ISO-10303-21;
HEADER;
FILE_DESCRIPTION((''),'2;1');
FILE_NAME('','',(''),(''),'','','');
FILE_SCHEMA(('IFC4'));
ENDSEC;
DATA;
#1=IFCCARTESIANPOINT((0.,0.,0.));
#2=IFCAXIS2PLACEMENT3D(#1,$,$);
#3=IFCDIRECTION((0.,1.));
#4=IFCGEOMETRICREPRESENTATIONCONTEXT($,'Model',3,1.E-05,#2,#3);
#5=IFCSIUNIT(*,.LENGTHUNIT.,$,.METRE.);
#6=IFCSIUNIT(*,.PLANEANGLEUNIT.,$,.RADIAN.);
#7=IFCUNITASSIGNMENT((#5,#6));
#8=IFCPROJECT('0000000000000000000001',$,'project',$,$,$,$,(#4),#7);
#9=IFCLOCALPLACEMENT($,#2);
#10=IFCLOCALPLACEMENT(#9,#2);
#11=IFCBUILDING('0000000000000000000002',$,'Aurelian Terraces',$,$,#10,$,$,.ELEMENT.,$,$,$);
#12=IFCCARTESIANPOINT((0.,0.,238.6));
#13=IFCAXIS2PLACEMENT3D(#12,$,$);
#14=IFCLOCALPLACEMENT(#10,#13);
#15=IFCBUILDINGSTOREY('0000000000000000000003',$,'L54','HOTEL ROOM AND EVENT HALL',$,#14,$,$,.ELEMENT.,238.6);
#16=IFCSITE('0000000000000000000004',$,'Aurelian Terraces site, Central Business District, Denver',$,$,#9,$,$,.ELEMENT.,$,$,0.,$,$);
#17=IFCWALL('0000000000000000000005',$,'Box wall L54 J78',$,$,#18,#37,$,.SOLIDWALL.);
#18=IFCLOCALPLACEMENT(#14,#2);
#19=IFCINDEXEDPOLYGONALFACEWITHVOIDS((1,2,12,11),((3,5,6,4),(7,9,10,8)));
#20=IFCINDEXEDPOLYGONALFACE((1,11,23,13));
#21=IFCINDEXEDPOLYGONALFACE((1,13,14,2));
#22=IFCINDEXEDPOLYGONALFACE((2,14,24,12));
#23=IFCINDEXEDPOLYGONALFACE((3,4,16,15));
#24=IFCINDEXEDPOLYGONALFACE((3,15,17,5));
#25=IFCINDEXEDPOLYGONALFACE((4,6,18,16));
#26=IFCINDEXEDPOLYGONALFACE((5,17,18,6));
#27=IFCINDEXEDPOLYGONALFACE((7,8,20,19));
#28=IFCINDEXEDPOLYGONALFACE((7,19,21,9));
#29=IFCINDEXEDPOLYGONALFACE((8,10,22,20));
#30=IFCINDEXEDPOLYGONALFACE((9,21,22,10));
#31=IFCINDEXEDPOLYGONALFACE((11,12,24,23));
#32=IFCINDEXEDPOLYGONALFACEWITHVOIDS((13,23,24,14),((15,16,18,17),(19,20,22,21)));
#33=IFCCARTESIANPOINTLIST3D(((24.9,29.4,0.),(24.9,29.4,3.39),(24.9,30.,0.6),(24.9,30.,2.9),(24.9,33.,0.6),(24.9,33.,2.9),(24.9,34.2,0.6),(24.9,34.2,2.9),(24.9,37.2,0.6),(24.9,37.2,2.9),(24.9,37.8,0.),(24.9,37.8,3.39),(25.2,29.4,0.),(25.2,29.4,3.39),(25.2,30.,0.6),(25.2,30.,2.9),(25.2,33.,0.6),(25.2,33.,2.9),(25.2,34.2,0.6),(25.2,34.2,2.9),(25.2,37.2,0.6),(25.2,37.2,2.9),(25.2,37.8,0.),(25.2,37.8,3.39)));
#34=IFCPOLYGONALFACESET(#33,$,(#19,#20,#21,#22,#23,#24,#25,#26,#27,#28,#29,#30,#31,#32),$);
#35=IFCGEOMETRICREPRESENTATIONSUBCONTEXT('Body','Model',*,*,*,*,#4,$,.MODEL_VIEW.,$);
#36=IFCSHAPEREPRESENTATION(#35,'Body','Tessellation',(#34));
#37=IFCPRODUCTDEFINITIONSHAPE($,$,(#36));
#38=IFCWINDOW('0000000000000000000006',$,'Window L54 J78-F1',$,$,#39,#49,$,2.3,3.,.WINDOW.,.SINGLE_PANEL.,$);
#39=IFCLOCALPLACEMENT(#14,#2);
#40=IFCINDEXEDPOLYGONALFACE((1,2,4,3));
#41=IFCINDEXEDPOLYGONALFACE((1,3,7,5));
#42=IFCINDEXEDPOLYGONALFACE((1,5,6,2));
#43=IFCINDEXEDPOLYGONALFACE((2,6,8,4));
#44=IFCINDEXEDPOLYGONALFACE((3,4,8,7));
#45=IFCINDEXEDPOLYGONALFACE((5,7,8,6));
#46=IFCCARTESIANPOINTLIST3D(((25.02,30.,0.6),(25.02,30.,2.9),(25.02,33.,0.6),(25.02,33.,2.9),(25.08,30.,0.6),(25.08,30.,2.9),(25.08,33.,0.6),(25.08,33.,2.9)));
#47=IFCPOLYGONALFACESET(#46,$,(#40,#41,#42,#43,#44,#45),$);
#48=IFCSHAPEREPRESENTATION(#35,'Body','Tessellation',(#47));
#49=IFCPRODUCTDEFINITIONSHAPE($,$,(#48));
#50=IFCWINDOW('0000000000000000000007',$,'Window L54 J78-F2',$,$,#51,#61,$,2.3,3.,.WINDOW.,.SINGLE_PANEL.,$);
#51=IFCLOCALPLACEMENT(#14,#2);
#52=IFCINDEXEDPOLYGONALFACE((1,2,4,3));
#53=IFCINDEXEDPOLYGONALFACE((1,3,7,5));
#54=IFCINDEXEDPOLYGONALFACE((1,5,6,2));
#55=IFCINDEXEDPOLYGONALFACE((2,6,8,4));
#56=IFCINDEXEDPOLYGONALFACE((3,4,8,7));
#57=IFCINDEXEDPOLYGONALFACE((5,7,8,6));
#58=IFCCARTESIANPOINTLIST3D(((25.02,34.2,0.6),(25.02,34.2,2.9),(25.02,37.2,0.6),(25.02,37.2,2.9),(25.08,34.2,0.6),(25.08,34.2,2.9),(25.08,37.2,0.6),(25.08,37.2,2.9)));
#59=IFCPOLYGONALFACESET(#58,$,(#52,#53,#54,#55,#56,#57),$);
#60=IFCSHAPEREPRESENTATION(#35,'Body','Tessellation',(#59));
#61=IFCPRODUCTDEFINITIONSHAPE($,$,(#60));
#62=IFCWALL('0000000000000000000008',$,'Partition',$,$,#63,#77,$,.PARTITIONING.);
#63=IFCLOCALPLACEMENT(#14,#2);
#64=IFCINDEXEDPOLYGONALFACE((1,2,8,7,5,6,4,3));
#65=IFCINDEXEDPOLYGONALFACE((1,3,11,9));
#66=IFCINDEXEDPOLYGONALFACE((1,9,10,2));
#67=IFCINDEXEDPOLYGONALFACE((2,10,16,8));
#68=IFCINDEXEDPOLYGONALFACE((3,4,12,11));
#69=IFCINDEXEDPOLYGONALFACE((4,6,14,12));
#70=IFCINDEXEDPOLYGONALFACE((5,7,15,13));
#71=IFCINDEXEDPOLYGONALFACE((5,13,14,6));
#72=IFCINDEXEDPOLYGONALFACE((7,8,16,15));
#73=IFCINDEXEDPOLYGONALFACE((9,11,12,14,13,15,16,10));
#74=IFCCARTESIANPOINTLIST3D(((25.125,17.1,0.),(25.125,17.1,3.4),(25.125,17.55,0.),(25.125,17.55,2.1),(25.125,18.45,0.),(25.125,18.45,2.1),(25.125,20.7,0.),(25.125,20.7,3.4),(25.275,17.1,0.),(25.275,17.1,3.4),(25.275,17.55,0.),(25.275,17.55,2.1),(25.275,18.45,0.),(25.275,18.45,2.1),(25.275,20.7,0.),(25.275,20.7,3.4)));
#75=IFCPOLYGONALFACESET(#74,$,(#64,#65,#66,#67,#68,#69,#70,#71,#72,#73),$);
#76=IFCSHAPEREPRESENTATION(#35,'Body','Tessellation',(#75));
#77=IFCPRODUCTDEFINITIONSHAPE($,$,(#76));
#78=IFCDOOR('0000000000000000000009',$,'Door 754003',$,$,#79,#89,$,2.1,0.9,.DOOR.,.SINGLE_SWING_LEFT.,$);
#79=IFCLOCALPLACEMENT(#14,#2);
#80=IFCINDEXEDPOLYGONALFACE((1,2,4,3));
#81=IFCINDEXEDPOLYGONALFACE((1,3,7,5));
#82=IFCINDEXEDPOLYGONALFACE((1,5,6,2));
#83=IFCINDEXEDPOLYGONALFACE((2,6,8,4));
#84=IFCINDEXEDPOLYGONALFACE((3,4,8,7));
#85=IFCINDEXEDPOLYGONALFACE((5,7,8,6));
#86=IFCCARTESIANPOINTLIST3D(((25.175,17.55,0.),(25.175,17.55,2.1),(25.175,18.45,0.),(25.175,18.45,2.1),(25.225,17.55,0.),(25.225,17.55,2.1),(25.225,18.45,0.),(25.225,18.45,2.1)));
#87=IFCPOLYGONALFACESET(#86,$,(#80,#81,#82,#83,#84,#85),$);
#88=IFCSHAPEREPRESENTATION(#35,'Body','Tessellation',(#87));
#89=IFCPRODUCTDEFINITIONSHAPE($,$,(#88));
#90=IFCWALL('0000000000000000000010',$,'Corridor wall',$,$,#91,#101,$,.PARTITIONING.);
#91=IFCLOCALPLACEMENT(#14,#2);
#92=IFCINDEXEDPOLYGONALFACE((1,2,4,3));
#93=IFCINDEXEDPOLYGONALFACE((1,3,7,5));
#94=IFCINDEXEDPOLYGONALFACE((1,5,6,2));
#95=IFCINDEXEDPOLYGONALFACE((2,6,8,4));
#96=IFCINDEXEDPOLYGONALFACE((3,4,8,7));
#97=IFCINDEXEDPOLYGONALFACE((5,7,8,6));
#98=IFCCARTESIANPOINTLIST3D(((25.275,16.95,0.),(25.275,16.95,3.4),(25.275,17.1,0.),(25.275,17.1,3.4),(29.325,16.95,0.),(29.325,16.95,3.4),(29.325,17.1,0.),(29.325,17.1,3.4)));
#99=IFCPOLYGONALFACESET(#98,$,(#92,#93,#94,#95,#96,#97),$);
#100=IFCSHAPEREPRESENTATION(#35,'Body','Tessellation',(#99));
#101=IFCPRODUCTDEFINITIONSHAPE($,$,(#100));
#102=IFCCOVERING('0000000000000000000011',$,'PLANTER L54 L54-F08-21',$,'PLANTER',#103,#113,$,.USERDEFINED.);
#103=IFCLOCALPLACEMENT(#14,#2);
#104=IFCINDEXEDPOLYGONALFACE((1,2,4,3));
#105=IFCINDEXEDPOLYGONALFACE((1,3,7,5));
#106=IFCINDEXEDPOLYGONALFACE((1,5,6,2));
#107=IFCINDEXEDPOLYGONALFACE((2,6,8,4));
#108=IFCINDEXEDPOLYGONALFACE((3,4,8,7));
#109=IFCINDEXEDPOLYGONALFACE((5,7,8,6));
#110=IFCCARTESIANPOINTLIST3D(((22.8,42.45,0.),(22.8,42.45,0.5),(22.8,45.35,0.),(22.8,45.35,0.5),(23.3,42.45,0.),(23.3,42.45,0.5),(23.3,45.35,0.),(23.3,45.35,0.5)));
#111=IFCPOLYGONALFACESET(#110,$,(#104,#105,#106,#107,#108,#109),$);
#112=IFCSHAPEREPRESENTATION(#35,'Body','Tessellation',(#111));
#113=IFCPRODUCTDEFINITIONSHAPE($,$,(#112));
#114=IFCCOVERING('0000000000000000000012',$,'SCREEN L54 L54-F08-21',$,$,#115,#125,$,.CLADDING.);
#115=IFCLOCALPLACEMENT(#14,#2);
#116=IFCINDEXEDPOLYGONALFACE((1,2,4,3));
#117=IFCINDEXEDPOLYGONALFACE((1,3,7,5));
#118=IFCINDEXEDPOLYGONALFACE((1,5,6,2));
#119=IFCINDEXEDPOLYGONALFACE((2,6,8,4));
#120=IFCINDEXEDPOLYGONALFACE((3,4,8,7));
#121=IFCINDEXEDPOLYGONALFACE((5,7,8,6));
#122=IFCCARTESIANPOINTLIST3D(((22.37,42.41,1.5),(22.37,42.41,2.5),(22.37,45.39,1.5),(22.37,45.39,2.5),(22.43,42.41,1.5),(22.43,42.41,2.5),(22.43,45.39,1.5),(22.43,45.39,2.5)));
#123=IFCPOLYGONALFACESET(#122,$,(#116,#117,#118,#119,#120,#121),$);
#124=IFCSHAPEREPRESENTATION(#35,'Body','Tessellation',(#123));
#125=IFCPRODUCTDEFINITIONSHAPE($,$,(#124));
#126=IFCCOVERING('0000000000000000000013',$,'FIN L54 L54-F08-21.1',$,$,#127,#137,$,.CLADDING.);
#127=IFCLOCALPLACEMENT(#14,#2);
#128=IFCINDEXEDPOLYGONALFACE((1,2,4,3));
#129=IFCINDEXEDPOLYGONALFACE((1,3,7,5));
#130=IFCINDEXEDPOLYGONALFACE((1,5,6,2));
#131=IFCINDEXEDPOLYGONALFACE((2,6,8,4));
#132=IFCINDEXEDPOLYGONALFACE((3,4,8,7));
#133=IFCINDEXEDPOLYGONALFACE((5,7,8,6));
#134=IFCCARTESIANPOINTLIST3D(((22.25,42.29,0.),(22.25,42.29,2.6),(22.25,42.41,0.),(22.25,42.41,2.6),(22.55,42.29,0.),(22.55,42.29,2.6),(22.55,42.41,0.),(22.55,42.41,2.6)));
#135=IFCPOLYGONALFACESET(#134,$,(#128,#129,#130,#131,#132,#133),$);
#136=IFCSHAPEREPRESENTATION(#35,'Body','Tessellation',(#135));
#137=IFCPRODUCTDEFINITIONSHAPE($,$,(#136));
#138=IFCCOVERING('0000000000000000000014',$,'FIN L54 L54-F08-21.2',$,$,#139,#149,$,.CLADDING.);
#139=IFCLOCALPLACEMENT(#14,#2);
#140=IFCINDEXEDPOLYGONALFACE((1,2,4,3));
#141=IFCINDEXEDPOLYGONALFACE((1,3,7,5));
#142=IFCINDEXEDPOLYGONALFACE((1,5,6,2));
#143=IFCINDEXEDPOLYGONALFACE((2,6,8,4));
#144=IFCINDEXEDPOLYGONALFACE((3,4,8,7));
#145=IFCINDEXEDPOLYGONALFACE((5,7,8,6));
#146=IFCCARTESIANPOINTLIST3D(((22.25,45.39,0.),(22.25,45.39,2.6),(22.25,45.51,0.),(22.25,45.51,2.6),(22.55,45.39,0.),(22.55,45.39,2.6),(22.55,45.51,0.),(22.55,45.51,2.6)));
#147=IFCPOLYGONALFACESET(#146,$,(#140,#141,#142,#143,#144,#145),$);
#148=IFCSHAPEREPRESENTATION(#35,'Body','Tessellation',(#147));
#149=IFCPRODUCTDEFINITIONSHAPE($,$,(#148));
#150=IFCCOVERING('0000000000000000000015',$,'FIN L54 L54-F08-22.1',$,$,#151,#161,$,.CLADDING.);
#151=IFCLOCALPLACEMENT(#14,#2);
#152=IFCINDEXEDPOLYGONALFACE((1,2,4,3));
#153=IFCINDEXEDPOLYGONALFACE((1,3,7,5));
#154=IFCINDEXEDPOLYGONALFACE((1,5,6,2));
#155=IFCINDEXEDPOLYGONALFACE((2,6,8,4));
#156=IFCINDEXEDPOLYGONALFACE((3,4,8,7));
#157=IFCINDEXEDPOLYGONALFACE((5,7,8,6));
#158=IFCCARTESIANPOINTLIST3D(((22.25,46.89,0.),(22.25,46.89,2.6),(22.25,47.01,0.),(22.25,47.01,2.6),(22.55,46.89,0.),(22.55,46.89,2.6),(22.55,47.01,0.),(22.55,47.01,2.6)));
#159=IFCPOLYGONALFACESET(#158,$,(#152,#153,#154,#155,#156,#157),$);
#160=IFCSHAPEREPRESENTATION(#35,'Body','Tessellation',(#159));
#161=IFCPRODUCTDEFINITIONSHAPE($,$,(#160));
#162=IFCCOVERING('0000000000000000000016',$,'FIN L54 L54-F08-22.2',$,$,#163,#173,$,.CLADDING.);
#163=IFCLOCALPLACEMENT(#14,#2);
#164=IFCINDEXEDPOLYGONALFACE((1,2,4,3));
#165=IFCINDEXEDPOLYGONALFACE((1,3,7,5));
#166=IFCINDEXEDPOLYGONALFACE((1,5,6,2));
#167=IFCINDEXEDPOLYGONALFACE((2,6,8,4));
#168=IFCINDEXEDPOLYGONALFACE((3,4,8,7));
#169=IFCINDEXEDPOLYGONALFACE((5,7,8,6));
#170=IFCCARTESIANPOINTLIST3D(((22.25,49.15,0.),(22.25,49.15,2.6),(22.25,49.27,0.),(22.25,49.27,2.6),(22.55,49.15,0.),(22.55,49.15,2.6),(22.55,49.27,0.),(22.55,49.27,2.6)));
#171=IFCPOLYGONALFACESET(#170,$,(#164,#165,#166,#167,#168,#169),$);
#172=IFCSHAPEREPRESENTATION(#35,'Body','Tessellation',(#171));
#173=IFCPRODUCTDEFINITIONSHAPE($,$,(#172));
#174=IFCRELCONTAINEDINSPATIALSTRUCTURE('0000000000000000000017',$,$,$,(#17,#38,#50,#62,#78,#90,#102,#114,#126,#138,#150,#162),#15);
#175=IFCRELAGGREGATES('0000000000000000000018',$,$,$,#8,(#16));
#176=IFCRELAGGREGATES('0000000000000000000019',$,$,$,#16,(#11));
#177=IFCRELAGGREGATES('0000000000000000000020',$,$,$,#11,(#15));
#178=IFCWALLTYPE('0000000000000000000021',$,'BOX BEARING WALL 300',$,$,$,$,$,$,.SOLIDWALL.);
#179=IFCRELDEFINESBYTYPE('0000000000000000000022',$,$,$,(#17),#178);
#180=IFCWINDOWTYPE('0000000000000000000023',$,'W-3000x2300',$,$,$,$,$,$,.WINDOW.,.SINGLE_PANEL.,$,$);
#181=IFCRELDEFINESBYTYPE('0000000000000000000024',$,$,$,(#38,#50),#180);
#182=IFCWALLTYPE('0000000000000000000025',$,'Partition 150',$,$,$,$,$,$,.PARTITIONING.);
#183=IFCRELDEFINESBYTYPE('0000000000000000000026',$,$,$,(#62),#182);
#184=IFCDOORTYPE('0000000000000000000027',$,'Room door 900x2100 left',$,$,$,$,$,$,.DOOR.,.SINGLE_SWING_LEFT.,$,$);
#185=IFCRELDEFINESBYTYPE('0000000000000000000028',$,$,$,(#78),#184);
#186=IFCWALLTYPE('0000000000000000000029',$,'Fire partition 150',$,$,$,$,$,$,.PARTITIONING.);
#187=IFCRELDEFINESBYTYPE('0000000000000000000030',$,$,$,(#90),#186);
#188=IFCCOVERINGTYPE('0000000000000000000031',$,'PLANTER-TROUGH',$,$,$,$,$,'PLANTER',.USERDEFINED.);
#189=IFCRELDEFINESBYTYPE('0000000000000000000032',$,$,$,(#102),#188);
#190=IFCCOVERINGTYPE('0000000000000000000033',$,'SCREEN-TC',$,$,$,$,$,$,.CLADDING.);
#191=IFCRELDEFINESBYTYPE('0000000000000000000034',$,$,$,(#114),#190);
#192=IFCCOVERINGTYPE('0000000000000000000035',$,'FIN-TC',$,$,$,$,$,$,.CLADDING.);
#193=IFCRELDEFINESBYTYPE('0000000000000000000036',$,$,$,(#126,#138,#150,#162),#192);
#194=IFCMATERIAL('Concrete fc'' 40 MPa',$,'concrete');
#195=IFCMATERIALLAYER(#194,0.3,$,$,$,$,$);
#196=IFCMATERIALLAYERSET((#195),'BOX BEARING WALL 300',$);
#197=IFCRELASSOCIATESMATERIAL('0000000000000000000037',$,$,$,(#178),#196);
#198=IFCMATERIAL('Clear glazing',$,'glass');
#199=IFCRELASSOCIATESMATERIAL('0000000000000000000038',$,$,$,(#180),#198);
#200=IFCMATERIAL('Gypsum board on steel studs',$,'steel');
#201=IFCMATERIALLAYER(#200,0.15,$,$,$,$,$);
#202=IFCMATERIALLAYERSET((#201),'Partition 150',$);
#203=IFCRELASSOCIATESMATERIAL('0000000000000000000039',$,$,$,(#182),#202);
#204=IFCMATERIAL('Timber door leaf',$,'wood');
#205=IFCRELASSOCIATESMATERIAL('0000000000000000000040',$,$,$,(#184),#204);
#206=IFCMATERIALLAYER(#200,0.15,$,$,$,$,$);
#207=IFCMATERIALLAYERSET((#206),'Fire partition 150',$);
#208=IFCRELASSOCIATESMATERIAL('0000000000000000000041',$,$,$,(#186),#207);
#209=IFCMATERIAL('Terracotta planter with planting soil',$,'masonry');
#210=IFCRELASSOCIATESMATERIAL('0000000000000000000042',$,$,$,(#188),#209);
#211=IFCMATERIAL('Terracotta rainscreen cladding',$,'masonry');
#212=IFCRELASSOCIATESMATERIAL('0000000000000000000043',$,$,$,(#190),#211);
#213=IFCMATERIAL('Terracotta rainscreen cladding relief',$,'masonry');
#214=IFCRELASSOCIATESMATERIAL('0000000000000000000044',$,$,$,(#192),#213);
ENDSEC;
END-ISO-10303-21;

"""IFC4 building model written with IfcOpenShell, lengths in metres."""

from ifc_helpers import new_model, si_unit, direction, frame, frame_2d, origin, origin_2d, place, context, subcontext, project, spatial, rectangle, extrude, source, transform, mapped, material, layer, layer_set, type_object, element, fill, save


model = new_model("IFC4")

# Units and contexts
model_context = context("Model", 3, precision=1e-05, world=origin(), true_north=direction((0.0, 1.0)))
body_context = subcontext(model_context, "Body", "Model", "MODEL_VIEW")
ifc_project = project(units=[si_unit("LENGTHUNIT", "METRE"), si_unit("PLANEANGLEUNIT", "RADIAN")], contexts=[model_context])

# Site, building, storey
site_placement = place(None, origin())
site = spatial("IfcSite", under=ifc_project, at=site_placement, Name="Aurelian Terraces site, Central Business District, Denver", CompositionType="ELEMENT", RefElevation=0.0)
building_placement = place(site_placement, origin())
building = spatial("IfcBuilding", under=site, at=building_placement, Name="Aurelian Terraces", CompositionType="ELEMENT")
storey_placement = place(building_placement, frame((0.0, 0.0, 238.6)))
storey = spatial("IfcBuildingStorey", under=building, at=storey_placement, Name="L54", Description="HOTEL ROOM AND EVENT HALL", CompositionType="ELEMENT", Elevation=238.6)

# Wall, openings, windows
ifc_material_1 = material(Name="Concrete fc' 40 MPa", Category="concrete")
ifc_layer_1 = layer(ifc_material_1, 0.3)
ifc_layer_set_1 = layer_set([ifc_layer_1], Name="BOX BEARING WALL 300")
wall_type_1 = type_object("IfcWallType", Name="BOX BEARING WALL 300", PredefinedType="SOLIDWALL", material=ifc_layer_set_1)
shared_shape_1 = source(origin(), body_context, "Body", "SweptSolid", [
    extrude(rectangle(XDim=8.4, YDim=0.3, at=frame_2d((4.2, 0.0))), origin(), (0.0, 0.0, 1.0), 3.39),
])
wall_1_placement = place(storey_placement, frame((25.05, 29.4, 0.0), z_axis=(0.0, 0.0, 1.0), x_axis=(0.0, 1.0, 0.0)))
wall_1 = element("IfcWall", 1, at=wall_1_placement, inside=storey, type_object=wall_type_1, Name="Box wall L54 J78", PredefinedType="SOLIDWALL", context=body_context, shape_type="MappedRepresentation", body=[
    mapped(shared_shape_1, transform((0.0, 0.0, 0.0), scale=1.0)),
])
shared_shape_2 = source(origin(), body_context, "Body", "SweptSolid", [
    extrude(rectangle(XDim=3.0, YDim=2.3, at=frame_2d((1.5, 1.15))), frame((0.0, 0.16, 0.0), z_axis=(0.0, -1.0, 0.0), x_axis=(1.0, 0.0, 0.0)), (0.0, 0.0, 1.0), 0.32),
])
opening_1_placement = place(wall_1_placement, frame((0.6, 0.0, 0.6)))
opening_1 = element("IfcOpeningElement", 2, at=opening_1_placement, cuts=wall_1, PredefinedType="OPENING", context=body_context, shape_type="MappedRepresentation", body=[
    mapped(shared_shape_2, transform((0.0, 0.0, 0.0), scale=1.0)),
])
opening_2_placement = place(wall_1_placement, frame((4.8, 0.0, 0.6)))
opening_2 = element("IfcOpeningElement", 3, at=opening_2_placement, cuts=wall_1, PredefinedType="OPENING", context=body_context, shape_type="MappedRepresentation", body=[
    mapped(shared_shape_2, transform((0.0, 0.0, 0.0), scale=1.0)),
])
ifc_material_2 = material(Name="Clear glazing", Category="glass")
window_type = type_object("IfcWindowType", Name="W-3000x2300", PartitioningType="SINGLE_PANEL", PredefinedType="WINDOW", material=ifc_material_2)
shared_shape_3 = source(origin(), body_context, "Body", "SweptSolid", [
    extrude(rectangle(XDim=3.0, YDim=2.3, at=frame_2d((1.5, 1.15))), frame((0.0, 0.03, 0.0), z_axis=(0.0, -1.0, 0.0), x_axis=(1.0, 0.0, 0.0)), (0.0, 0.0, 1.0), 0.06),
])
window_1_placement = place(opening_1_placement, origin())
window_1 = element("IfcWindow", 4, at=window_1_placement, inside=storey, type_object=window_type, Name="Window L54 J78-F1", OverallHeight=2.3, OverallWidth=3.0, PartitioningType="SINGLE_PANEL", PredefinedType="WINDOW", context=body_context, shape_type="MappedRepresentation", body=[
    mapped(shared_shape_3, transform((0.0, 0.0, 0.0), scale=1.0)),
])
fill(opening_1, window_1)
window_2_placement = place(opening_2_placement, origin())
window_2 = element("IfcWindow", 5, at=window_2_placement, inside=storey, type_object=window_type, Name="Window L54 J78-F2", OverallHeight=2.3, OverallWidth=3.0, PartitioningType="SINGLE_PANEL", PredefinedType="WINDOW", context=body_context, shape_type="MappedRepresentation", body=[
    mapped(shared_shape_3, transform((0.0, 0.0, 0.0), scale=1.0)),
])
fill(opening_2, window_2)

# Wall, opening, door
ifc_material_3 = material(Name="Gypsum board on steel studs", Category="steel")
ifc_layer_2 = layer(ifc_material_3, 0.15)
ifc_layer_set_2 = layer_set([ifc_layer_2], Name="Partition 150")
wall_type_2 = type_object("IfcWallType", Name="Partition 150", PredefinedType="PARTITIONING", material=ifc_layer_set_2)
shared_shape_4 = source(origin(), body_context, "Body", "SweptSolid", [
    extrude(rectangle(XDim=3.6, YDim=0.15, at=frame_2d((1.8, 0.0))), origin(), (0.0, 0.0, 1.0), 3.4),
])
wall_2_placement = place(storey_placement, frame((25.2, 20.7, 0.0), z_axis=(0.0, 0.0, 1.0), x_axis=(0.0, -1.0, 0.0)))
wall_2 = element("IfcWall", 6, at=wall_2_placement, inside=storey, type_object=wall_type_2, Name="Partition", PredefinedType="PARTITIONING", context=body_context, shape_type="MappedRepresentation", body=[
    mapped(shared_shape_4, transform((0.0, 0.0, 0.0), scale=1.0)),
])
shared_shape_5 = source(origin(), body_context, "Body", "SweptSolid", [
    extrude(rectangle(XDim=0.9, YDim=2.1, at=frame_2d((0.45, 1.05))), frame((0.0, 0.085, 0.0), z_axis=(0.0, -1.0, 0.0), x_axis=(1.0, 0.0, 0.0)), (0.0, 0.0, 1.0), 0.17),
])
opening_3_placement = place(wall_2_placement, frame((2.25, 0.0, 0.0)))
opening_3 = element("IfcOpeningElement", 7, at=opening_3_placement, cuts=wall_2, PredefinedType="OPENING", context=body_context, shape_type="MappedRepresentation", body=[
    mapped(shared_shape_5, transform((0.0, 0.0, 0.0), scale=1.0)),
])
ifc_material_4 = material(Name="Timber door leaf", Category="wood")
door_type = type_object("IfcDoorType", Name="Room door 900x2100 left", OperationType="SINGLE_SWING_LEFT", PredefinedType="DOOR", material=ifc_material_4)
shared_shape_6 = source(origin(), body_context, "Body", "SweptSolid", [
    extrude(rectangle(XDim=0.9, YDim=2.1, at=frame_2d((0.45, 1.05))), frame((0.0, 0.025, 0.0), z_axis=(0.0, -1.0, 0.0), x_axis=(1.0, 0.0, 0.0)), (0.0, 0.0, 1.0), 0.05),
])
door_placement = place(opening_3_placement, origin())
door = element("IfcDoor", 8, at=door_placement, inside=storey, type_object=door_type, Name="Door 754003", OperationType="SINGLE_SWING_LEFT", OverallHeight=2.1, OverallWidth=0.9, PredefinedType="DOOR", context=body_context, shape_type="MappedRepresentation", body=[
    mapped(shared_shape_6, transform((0.0, 0.0, 0.0), scale=1.0)),
])
fill(opening_3, door)

# Wall
ifc_layer_3 = layer(ifc_material_3, 0.15)
ifc_layer_set_3 = layer_set([ifc_layer_3], Name="Fire partition 150")
wall_type_3 = type_object("IfcWallType", Name="Fire partition 150", PredefinedType="PARTITIONING", material=ifc_layer_set_3)
shared_shape_7 = source(origin(), body_context, "Body", "SweptSolid", [
    extrude(rectangle(XDim=4.05, YDim=0.15, at=frame_2d((2.025, 0.0))), origin(), (0.0, 0.0, 1.0), 3.4),
])
wall_3_placement = place(storey_placement, frame((25.275, 17.025, 0.0), z_axis=(0.0, 0.0, 1.0), x_axis=(1.0, 0.0, 0.0)))
element("IfcWall", 9, at=wall_3_placement, inside=storey, type_object=wall_type_3, Name="Corridor wall", PredefinedType="PARTITIONING", context=body_context, shape_type="MappedRepresentation", body=[
    mapped(shared_shape_7, transform((0.0, 0.0, 0.0), scale=1.0)),
])

# Coverings
ifc_material_5 = material(Name="Terracotta planter with planting soil", Category="masonry")
covering_type_1 = type_object("IfcCoveringType", Name="PLANTER-TROUGH", ElementType="PLANTER", PredefinedType="USERDEFINED", material=ifc_material_5)
covering_1_placement = place(storey_placement, frame((23.05, 43.9, 0.0), z_axis=(0.0, 0.0, 1.0), x_axis=(1.0, 0.0, 0.0)))
element("IfcCovering", 10, at=covering_1_placement, inside=storey, type_object=covering_type_1, Name="PLANTER L54 L54-F08-21", ObjectType="PLANTER", PredefinedType="USERDEFINED", context=body_context, shape_type="SweptSolid", body=[
    extrude(rectangle(XDim=0.5, YDim=2.9, at=origin_2d()), origin(), (0.0, 0.0, 1.0), 0.5),
])
ifc_material_6 = material(Name="Terracotta rainscreen cladding", Category="masonry")
covering_type_2 = type_object("IfcCoveringType", Name="SCREEN-TC", PredefinedType="CLADDING", material=ifc_material_6)
covering_2_placement = place(storey_placement, frame((22.4, 43.9, 1.5), z_axis=(0.0, 0.0, 1.0), x_axis=(1.0, 0.0, 0.0)))
element("IfcCovering", 11, at=covering_2_placement, inside=storey, type_object=covering_type_2, Name="SCREEN L54 L54-F08-21", PredefinedType="CLADDING", context=body_context, shape_type="SweptSolid", body=[
    extrude(rectangle(XDim=0.06, YDim=2.98, at=origin_2d()), origin(), (0.0, 0.0, 1.0), 1.0),
])
ifc_material_7 = material(Name="Terracotta rainscreen cladding relief", Category="masonry")
covering_type_3 = type_object("IfcCoveringType", Name="FIN-TC", PredefinedType="CLADDING", material=ifc_material_7)
shared_shape_8 = source(origin(), body_context, "Body", "SweptSolid", [
    extrude(rectangle(XDim=0.3, YDim=0.12, at=origin_2d()), origin(), (0.0, 0.0, 1.0), 2.6),
])
for number, where, z_axis, x_axis, name in (
    (12, (22.4, 42.35, 0.0), (0.0, 0.0, 1.0), (1.0, 0.0, 0.0), "FIN L54 L54-F08-21.1"),
    (13, (22.4, 45.45, 0.0), (0.0, 0.0, 1.0), (1.0, 0.0, 0.0), "FIN L54 L54-F08-21.2"),
    (14, (22.4, 46.95, 0.0), (0.0, 0.0, 1.0), (1.0, 0.0, 0.0), "FIN L54 L54-F08-22.1"),
    (15, (22.4, 49.21, 0.0), (0.0, 0.0, 1.0), (1.0, 0.0, 0.0), "FIN L54 L54-F08-22.2"),
):
    element("IfcCovering", number, at=place(storey_placement, frame(where, z_axis=z_axis, x_axis=x_axis)), inside=storey, type_object=covering_type_3, Name=name, PredefinedType="CLADDING", context=body_context, shape_type="MappedRepresentation", body=[
        mapped(shared_shape_8, transform((0.0, 0.0, 0.0), scale=1.0)),
    ])

save(model, "model.ifc")
